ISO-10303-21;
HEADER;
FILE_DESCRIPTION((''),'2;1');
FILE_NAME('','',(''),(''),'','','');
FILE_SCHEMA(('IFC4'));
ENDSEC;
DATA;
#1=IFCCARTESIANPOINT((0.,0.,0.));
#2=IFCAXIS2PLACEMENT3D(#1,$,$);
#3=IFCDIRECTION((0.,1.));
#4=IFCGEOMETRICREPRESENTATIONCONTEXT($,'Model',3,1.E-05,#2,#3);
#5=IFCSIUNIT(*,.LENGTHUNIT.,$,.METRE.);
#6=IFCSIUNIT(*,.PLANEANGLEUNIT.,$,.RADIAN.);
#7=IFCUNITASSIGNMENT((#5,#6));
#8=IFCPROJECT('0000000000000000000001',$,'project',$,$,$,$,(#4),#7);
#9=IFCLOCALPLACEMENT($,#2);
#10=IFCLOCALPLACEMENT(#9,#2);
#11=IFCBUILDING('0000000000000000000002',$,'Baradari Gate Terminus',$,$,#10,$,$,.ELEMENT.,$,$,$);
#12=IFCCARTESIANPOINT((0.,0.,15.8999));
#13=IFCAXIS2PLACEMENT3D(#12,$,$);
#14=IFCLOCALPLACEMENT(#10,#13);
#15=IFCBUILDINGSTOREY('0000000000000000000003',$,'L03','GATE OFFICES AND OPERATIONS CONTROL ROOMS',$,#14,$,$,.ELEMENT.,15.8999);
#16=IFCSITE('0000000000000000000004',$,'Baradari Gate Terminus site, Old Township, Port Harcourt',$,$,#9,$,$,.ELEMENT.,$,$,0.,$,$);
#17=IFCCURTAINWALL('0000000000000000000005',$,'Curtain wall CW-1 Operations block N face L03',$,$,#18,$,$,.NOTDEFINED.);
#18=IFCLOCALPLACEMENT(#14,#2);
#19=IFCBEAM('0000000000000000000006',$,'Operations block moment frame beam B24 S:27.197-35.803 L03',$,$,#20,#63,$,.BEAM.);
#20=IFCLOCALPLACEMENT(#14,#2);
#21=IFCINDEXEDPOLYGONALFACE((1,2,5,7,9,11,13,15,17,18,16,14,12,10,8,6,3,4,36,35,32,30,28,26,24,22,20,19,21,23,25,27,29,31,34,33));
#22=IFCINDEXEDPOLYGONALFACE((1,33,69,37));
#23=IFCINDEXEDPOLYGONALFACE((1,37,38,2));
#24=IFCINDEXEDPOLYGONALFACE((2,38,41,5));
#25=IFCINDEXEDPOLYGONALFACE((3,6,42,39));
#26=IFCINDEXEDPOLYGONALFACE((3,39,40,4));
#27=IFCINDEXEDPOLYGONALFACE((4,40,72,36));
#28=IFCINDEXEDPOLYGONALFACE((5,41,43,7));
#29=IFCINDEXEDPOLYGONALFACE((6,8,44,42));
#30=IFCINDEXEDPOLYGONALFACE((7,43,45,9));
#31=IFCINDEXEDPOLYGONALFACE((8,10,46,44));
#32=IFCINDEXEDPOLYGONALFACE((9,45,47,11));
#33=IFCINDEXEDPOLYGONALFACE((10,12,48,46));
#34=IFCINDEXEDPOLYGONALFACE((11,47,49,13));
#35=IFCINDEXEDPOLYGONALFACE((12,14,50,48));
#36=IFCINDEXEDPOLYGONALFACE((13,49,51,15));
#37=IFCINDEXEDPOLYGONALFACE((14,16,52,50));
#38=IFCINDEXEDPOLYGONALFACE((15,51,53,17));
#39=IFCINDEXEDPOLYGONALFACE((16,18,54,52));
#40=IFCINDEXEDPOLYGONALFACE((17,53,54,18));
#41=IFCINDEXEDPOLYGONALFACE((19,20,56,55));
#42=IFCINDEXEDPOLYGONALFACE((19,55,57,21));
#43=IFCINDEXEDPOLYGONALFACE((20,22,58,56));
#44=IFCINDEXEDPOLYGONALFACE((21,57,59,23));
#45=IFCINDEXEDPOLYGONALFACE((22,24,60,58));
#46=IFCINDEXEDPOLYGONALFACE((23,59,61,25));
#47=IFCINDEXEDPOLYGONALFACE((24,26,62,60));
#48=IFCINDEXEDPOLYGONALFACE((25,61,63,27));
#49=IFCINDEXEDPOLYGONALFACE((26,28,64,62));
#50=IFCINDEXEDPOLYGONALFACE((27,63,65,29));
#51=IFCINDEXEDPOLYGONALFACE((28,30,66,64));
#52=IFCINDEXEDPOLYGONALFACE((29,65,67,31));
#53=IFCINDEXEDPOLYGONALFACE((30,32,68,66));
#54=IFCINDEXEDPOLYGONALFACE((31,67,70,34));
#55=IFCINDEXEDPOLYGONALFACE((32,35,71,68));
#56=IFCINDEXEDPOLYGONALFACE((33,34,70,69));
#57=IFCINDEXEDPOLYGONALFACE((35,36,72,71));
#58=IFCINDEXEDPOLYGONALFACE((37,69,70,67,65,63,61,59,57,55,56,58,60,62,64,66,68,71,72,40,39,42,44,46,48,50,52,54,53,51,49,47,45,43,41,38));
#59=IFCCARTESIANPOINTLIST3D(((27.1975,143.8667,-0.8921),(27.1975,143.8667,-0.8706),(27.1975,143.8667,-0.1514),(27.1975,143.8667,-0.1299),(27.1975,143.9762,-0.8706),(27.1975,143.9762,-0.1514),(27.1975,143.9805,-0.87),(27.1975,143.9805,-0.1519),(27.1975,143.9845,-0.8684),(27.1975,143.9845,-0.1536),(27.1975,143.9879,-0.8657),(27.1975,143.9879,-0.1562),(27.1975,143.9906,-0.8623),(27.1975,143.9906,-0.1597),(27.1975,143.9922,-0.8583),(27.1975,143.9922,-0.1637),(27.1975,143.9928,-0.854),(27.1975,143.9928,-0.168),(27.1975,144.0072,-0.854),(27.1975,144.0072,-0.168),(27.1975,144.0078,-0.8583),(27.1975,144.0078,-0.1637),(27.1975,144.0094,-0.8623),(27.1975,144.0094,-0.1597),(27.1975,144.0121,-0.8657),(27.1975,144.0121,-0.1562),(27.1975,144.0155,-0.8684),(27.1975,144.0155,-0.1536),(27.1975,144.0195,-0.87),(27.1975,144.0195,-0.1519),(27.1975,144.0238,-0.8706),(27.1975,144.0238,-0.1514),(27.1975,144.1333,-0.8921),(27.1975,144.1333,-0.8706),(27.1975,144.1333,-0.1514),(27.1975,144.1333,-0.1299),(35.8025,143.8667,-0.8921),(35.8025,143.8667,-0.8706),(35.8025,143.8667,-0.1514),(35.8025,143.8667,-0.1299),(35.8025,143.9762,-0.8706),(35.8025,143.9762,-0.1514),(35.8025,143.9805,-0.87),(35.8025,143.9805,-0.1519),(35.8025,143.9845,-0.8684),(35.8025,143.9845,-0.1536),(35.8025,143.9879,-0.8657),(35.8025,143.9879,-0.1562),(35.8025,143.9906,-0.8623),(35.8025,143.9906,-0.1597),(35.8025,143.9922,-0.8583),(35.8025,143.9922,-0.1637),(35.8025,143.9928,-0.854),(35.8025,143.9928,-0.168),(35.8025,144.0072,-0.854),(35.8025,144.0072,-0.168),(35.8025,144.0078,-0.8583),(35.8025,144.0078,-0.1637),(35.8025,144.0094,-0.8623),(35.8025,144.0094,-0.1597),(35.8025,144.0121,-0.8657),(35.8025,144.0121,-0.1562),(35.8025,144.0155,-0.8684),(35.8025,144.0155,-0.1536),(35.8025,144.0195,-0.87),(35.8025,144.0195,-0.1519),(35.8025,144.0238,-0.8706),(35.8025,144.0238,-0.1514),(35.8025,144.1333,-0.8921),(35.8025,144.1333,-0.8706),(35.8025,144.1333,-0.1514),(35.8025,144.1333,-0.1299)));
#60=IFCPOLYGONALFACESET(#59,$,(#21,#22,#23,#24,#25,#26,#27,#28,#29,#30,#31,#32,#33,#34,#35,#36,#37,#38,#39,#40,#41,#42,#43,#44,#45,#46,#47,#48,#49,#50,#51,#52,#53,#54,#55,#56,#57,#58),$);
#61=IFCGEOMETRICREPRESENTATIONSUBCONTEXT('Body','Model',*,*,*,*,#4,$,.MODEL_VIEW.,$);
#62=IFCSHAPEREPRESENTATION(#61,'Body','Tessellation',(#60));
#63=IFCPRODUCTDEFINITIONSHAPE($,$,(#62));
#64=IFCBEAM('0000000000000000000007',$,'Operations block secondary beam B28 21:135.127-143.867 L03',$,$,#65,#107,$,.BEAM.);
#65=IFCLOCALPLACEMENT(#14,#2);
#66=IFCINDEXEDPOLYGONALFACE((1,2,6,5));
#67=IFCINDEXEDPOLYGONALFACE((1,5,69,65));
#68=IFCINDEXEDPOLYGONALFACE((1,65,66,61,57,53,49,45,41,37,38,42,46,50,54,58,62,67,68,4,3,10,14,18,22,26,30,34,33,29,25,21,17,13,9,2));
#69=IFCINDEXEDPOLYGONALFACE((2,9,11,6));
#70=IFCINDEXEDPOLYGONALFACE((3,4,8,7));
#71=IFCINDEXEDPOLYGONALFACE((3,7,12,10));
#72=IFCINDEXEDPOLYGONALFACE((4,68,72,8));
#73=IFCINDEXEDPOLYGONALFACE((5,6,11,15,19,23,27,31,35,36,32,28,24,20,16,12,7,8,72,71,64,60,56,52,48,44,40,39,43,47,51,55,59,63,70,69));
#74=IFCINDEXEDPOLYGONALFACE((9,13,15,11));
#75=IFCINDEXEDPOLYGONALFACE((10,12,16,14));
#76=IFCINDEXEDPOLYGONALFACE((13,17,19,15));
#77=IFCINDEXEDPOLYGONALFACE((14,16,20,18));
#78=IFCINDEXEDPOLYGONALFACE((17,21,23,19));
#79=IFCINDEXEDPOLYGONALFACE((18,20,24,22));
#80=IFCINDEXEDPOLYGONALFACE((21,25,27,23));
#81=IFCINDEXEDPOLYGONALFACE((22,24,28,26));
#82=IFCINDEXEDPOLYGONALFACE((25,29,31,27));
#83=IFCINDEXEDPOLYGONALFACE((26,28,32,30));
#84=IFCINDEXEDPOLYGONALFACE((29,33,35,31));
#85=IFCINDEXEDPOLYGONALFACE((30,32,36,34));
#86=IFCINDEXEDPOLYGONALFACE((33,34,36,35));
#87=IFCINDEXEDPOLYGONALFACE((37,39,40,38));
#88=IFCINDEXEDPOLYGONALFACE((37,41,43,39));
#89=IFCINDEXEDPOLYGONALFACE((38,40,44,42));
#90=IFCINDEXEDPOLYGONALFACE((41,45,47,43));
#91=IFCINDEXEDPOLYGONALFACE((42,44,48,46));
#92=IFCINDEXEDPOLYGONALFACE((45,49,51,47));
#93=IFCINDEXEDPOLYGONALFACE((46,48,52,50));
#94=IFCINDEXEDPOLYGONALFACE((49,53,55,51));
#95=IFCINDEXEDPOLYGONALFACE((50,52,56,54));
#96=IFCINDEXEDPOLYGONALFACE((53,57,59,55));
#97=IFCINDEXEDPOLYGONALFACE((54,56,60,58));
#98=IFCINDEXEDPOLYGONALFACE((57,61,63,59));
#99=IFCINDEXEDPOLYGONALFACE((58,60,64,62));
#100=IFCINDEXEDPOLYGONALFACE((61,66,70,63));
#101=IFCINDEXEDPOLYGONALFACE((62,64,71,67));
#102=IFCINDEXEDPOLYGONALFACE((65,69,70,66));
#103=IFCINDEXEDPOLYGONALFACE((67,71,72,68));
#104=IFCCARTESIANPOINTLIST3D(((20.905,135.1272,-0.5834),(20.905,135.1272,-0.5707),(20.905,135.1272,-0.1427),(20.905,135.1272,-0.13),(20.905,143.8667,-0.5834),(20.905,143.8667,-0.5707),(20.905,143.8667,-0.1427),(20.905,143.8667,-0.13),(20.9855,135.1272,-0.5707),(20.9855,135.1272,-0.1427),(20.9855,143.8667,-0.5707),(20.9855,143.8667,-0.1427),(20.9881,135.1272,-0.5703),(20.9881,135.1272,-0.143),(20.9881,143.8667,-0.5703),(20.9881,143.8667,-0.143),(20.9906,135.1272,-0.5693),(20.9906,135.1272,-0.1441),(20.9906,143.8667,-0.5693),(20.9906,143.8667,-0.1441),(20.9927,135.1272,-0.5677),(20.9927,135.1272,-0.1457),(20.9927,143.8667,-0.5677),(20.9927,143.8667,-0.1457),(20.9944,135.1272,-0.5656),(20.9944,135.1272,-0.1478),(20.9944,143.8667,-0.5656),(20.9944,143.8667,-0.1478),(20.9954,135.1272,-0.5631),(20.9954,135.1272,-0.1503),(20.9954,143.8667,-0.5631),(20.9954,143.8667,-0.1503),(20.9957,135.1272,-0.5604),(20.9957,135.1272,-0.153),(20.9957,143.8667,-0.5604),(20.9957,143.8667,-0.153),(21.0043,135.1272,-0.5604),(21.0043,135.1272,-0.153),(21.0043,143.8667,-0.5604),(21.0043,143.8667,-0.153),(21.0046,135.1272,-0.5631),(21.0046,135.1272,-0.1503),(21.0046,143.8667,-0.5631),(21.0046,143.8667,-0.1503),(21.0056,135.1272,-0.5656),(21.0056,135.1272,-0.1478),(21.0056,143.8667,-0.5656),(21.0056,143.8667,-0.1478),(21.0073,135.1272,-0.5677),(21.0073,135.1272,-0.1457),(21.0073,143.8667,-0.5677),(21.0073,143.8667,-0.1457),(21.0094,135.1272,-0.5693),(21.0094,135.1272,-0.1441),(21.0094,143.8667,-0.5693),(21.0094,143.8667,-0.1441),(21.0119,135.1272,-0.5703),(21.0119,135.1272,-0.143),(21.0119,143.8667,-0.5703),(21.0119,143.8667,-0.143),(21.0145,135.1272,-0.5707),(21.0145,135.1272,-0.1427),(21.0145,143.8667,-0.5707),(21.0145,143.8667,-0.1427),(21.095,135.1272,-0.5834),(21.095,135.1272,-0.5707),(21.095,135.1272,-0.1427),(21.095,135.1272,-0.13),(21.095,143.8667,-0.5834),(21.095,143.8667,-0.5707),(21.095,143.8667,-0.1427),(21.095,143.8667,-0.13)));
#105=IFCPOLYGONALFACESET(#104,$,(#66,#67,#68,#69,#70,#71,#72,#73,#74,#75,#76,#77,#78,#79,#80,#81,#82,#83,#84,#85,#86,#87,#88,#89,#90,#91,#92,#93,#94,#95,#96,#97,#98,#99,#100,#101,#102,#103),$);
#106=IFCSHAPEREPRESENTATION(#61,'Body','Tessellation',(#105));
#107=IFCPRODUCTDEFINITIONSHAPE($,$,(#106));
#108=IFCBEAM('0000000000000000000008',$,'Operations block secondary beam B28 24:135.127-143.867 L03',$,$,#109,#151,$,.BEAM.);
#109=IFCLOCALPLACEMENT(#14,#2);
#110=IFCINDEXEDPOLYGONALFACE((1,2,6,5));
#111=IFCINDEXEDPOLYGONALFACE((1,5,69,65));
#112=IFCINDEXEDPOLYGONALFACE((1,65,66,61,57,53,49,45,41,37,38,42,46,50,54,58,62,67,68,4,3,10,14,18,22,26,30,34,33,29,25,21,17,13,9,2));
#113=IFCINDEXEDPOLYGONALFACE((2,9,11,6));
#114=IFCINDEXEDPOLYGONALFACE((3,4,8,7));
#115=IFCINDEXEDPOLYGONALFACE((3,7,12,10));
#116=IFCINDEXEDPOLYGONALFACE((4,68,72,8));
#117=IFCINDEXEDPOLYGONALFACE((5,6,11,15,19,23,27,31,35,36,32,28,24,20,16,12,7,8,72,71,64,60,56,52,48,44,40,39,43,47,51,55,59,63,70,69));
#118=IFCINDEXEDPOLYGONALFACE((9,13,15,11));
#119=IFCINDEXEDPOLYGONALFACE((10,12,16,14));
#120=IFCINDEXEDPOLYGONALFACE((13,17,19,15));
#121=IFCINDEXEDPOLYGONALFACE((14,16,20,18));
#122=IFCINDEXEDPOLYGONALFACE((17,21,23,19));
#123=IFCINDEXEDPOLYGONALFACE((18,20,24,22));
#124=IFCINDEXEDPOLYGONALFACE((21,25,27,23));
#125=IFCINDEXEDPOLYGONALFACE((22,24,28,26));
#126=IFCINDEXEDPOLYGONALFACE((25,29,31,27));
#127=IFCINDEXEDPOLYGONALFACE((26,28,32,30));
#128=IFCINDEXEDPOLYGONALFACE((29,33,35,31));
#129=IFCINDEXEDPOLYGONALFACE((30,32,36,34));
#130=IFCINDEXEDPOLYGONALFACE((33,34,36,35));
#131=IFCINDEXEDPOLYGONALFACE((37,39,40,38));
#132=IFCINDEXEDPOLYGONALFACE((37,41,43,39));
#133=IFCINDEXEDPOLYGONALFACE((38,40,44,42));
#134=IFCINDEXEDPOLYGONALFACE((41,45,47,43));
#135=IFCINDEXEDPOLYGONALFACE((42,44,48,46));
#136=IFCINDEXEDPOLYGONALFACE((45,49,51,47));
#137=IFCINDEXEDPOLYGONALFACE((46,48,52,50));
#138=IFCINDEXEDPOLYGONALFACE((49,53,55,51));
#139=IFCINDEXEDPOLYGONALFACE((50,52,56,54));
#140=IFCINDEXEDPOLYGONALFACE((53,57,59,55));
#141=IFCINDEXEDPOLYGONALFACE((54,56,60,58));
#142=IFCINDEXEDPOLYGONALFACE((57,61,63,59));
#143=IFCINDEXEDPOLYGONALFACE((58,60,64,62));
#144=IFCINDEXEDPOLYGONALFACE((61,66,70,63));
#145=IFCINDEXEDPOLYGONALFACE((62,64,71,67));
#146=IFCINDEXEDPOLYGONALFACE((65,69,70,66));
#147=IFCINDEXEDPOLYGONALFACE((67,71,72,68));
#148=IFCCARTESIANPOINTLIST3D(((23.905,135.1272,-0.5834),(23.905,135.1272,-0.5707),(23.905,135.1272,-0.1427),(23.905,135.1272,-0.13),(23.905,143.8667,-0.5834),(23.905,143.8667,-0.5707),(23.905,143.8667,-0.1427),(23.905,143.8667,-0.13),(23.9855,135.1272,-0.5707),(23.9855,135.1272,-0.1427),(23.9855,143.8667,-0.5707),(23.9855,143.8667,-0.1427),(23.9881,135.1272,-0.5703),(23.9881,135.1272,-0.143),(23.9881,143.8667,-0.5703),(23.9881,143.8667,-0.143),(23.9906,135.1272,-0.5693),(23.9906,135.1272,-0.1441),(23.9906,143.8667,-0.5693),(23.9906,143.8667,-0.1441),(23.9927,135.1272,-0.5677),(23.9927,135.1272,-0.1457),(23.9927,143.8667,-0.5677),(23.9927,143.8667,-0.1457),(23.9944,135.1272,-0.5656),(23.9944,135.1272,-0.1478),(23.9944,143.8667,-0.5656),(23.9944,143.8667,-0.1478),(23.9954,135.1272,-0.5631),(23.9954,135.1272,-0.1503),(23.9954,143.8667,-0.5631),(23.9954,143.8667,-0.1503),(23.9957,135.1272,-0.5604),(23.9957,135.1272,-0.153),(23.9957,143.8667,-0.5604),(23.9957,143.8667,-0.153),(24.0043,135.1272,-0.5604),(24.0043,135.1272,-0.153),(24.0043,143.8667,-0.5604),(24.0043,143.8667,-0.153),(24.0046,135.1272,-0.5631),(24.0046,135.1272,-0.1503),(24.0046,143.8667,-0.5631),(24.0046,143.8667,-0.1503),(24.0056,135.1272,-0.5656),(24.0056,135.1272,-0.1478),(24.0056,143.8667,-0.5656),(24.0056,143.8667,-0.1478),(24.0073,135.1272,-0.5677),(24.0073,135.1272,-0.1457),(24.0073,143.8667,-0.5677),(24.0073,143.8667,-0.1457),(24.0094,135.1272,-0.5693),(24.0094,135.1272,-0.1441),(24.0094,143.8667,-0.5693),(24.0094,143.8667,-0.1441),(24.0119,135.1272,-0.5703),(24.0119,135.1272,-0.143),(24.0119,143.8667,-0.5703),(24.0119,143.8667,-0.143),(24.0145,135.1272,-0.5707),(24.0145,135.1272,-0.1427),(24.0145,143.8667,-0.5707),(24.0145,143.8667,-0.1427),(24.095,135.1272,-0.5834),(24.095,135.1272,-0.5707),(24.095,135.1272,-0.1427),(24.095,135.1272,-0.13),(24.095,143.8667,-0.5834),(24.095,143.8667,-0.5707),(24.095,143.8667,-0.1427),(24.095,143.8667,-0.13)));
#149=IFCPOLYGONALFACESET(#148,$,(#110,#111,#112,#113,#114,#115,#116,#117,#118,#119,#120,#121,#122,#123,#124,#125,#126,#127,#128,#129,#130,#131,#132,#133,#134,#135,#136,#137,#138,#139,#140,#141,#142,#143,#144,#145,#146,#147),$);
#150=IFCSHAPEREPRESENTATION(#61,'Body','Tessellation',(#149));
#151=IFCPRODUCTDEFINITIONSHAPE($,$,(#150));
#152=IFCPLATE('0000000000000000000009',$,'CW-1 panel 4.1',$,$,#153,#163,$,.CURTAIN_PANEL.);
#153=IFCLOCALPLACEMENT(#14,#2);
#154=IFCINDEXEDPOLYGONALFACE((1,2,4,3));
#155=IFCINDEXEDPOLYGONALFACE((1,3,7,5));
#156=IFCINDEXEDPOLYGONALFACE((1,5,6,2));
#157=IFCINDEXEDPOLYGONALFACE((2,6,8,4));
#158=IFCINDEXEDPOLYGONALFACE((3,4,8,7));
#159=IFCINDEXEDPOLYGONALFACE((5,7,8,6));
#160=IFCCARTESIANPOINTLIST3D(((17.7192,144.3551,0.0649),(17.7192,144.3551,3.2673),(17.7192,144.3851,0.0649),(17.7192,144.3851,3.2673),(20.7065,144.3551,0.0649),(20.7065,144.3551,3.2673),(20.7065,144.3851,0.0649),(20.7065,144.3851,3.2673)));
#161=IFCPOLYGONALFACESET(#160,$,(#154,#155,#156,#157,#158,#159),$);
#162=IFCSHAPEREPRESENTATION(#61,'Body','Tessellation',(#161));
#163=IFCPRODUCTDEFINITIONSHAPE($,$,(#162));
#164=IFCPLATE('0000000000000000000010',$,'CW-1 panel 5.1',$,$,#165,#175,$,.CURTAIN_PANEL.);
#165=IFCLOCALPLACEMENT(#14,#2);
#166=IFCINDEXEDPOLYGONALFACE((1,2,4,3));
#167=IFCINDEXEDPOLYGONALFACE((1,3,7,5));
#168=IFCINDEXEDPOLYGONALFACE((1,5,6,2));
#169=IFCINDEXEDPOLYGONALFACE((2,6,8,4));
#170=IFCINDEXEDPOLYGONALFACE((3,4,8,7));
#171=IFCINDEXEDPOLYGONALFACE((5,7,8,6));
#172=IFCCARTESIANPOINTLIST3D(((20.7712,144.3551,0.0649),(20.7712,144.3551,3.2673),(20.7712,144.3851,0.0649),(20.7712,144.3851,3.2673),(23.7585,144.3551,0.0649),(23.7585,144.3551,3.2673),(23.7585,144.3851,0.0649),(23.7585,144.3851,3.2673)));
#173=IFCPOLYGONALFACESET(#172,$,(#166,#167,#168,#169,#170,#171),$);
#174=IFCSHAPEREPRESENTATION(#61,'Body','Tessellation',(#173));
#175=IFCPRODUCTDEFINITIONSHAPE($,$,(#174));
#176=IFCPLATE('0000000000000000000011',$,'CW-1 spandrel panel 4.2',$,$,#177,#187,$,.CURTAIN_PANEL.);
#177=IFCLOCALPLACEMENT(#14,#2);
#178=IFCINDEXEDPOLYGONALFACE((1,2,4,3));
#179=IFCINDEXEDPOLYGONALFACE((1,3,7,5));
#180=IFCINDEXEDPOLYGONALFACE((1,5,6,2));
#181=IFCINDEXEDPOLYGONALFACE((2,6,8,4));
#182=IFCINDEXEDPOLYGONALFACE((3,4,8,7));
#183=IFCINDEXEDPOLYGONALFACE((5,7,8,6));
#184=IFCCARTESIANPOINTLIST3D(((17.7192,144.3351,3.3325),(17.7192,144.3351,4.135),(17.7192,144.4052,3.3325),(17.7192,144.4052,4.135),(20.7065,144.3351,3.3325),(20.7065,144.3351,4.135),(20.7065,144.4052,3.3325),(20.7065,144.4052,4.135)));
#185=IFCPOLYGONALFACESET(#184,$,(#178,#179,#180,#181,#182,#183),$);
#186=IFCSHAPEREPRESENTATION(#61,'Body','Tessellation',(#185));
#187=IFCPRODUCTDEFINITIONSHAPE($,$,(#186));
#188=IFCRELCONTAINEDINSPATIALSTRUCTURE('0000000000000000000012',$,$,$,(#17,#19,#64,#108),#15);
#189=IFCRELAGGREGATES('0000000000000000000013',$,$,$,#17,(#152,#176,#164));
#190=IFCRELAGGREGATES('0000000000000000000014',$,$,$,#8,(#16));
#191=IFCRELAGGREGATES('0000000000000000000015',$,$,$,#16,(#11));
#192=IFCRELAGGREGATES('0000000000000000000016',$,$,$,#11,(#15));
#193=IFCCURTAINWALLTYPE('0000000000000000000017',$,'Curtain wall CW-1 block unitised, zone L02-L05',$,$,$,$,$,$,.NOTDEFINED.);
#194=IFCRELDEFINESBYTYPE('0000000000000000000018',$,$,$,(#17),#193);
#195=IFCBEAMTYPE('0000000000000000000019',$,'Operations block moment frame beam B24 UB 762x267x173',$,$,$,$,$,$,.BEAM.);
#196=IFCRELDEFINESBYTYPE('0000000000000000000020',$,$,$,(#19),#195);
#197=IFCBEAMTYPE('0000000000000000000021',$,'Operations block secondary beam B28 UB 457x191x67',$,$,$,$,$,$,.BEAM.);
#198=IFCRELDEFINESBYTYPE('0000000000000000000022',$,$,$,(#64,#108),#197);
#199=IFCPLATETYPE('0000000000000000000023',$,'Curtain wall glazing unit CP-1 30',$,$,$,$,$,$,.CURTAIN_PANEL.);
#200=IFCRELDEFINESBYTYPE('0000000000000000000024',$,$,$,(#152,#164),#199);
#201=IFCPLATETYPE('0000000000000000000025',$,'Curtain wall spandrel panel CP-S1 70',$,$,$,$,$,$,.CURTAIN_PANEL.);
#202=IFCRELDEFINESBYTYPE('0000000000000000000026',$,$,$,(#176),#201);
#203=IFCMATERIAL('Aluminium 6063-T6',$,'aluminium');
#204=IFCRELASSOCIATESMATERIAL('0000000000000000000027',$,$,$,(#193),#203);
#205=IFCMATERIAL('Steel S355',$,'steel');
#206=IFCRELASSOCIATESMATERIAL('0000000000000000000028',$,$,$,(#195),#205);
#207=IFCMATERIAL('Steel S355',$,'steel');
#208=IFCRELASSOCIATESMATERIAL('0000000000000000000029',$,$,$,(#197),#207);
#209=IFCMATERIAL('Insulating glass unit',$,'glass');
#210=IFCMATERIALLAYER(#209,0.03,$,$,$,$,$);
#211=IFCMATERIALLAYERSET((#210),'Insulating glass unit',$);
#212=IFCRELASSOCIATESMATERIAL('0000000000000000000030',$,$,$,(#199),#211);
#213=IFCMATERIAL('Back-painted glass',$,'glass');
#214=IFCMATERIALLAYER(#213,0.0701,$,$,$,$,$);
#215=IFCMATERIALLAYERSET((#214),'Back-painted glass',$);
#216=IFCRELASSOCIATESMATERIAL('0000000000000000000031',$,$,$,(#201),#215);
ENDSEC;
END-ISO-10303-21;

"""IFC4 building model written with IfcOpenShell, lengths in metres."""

from ifc_helpers import new_model, si_unit, direction, frame, origin, origin_2d, place, context, subcontext, project, spatial, rectangle, i_section, extrude, material, layer, layer_set, material_profile, profile_set, type_object, element, aggregate, save


model = new_model("IFC4")

# Units and contexts
model_context = context("Model", 3, precision=1e-05, world=origin(), true_north=direction((0.0, 1.0)))
body_context = subcontext(model_context, "Body", "Model", "MODEL_VIEW")
ifc_project = project(units=[si_unit("LENGTHUNIT", "METRE"), si_unit("PLANEANGLEUNIT", "RADIAN")], contexts=[model_context])

# Site, building, storey
site_placement = place(None, origin())
site = spatial("IfcSite", under=ifc_project, at=site_placement, Name="Baradari Gate Terminus site, Old Township, Port Harcourt", CompositionType="ELEMENT", RefElevation=0.0)
building_placement = place(site_placement, origin())
building = spatial("IfcBuilding", under=site, at=building_placement, Name="Baradari Gate Terminus", CompositionType="ELEMENT")
storey_placement = place(building_placement, frame((0.0, 0.0, 15.8999)))
storey = spatial("IfcBuildingStorey", under=building, at=storey_placement, Name="L03", Description="GATE OFFICES AND OPERATIONS CONTROL ROOMS", CompositionType="ELEMENT", Elevation=15.8999)

# Curtain wall
ifc_material_1 = material(Name="Aluminium 6063-T6", Category="aluminium")
curtain_wall_type = type_object("IfcCurtainWallType", Name="Curtain wall CW-1 block unitised, zone L02-L05", PredefinedType="NOTDEFINED", material=ifc_material_1)
curtain_wall_placement = place(storey_placement, origin())
curtain_wall = element("IfcCurtainWall", 1, at=curtain_wall_placement, inside=storey, type_object=curtain_wall_type, Name="Curtain wall CW-1 Operations block N face L03", PredefinedType="NOTDEFINED")

# Beams
ifc_material_2 = material(Name="Steel S355", Category="steel")
ifc_material_profile_1 = material_profile(ifc_material_2, i_section(OverallWidth=0.2666, OverallDepth=0.7622, WebThickness=0.0144, FlangeThickness=0.0215, FilletRadius=0.0166, at=origin_2d()), Name="UB 762x267x173")
ifc_profile_set_1 = profile_set([ifc_material_profile_1], Name="Steel S355")
beam_type_1 = type_object("IfcBeamType", Name="Operations block moment frame beam B24 UB 762x267x173", PredefinedType="BEAM", material=ifc_profile_set_1)
beam_1_placement = place(storey_placement, frame((27.1975, 144.0, -0.511), z_axis=(1.0, 0.0, 0.0), x_axis=(0.0, 1.0, 0.0)))
element("IfcBeam", 2, at=beam_1_placement, inside=storey, type_object=beam_type_1, Name="Operations block moment frame beam B24 S:27.197-35.803 L03", PredefinedType="BEAM", context=body_context, shape_type="SweptSolid", body=[
    extrude(i_section(OverallWidth=0.2666, OverallDepth=0.7622, WebThickness=0.0144, FlangeThickness=0.0215, FilletRadius=0.0166, at=origin_2d()), origin(), (0.0, 0.0, 1.0), 8.605),
])
ifc_material_3 = material(Name="Steel S355", Category="steel")
ifc_material_profile_2 = material_profile(ifc_material_3, i_section(OverallWidth=0.1899, OverallDepth=0.4534, WebThickness=0.0085, FlangeThickness=0.0127, FilletRadius=0.0103, at=origin_2d()), Name="UB 457x191x67")
ifc_profile_set_2 = profile_set([ifc_material_profile_2], Name="Steel S355")
beam_type_2 = type_object("IfcBeamType", Name="Operations block secondary beam B28 UB 457x191x67", PredefinedType="BEAM", material=ifc_profile_set_2)
for number, where, z_axis, x_axis, name in (
    (3, (21.0, 135.1272, -0.3567), (0.0, 1.0, 0.0), (-1.0, 0.0, 0.0), "Operations block secondary beam B28 21:135.127-143.867 L03"),
    (4, (24.0, 135.1272, -0.3567), (0.0, 1.0, 0.0), (-1.0, 0.0, 0.0), "Operations block secondary beam B28 24:135.127-143.867 L03"),
):
    element("IfcBeam", number, at=place(storey_placement, frame(where, z_axis=z_axis, x_axis=x_axis)), inside=storey, type_object=beam_type_2, Name=name, PredefinedType="BEAM", context=body_context, shape_type="SweptSolid", body=[
        extrude(i_section(OverallWidth=0.1899, OverallDepth=0.4534, WebThickness=0.0085, FlangeThickness=0.0127, FilletRadius=0.0103, at=origin_2d()), origin(), (0.0, 0.0, 1.0), 8.7395),
    ])

# Plates
ifc_material_4 = material(Name="Insulating glass unit", Category="glass")
ifc_layer_1 = layer(ifc_material_4, 0.03)
ifc_layer_set_1 = layer_set([ifc_layer_1], Name="Insulating glass unit")
plate_type_1 = type_object("IfcPlateType", Name="Curtain wall glazing unit CP-1 30", PredefinedType="CURTAIN_PANEL", material=ifc_layer_set_1)
plate_1_placement = place(storey_placement, frame((19.2129, 144.3701, 0.0649), z_axis=(0.0, 0.0, 1.0), x_axis=(1.0, 0.0, 0.0)))
plate_1 = element("IfcPlate", 5, at=plate_1_placement, type_object=plate_type_1, Name="CW-1 panel 4.1", PredefinedType="CURTAIN_PANEL", context=body_context, shape_type="SweptSolid", body=[
    extrude(rectangle(XDim=2.9873, YDim=0.03, at=origin_2d()), origin(), (0.0, 0.0, 1.0), 3.2024),
])
plate_2_placement = place(storey_placement, frame((22.2649, 144.3701, 0.0649), z_axis=(0.0, 0.0, 1.0), x_axis=(1.0, 0.0, 0.0)))
plate_2 = element("IfcPlate", 6, at=plate_2_placement, type_object=plate_type_1, Name="CW-1 panel 5.1", PredefinedType="CURTAIN_PANEL", context=body_context, shape_type="SweptSolid", body=[
    extrude(rectangle(XDim=2.9873, YDim=0.03, at=origin_2d()), origin(), (0.0, 0.0, 1.0), 3.2024),
])
ifc_material_5 = material(Name="Back-painted glass", Category="glass")
ifc_layer_2 = layer(ifc_material_5, 0.0701)
ifc_layer_set_2 = layer_set([ifc_layer_2], Name="Back-painted glass")
plate_type_2 = type_object("IfcPlateType", Name="Curtain wall spandrel panel CP-S1 70", PredefinedType="CURTAIN_PANEL", material=ifc_layer_set_2)
plate_3_placement = place(storey_placement, frame((19.2129, 144.3701, 3.3325), z_axis=(0.0, 0.0, 1.0), x_axis=(1.0, 0.0, 0.0)))
plate_3 = element("IfcPlate", 7, at=plate_3_placement, type_object=plate_type_2, Name="CW-1 spandrel panel 4.2", PredefinedType="CURTAIN_PANEL", context=body_context, shape_type="SweptSolid", body=[
    extrude(rectangle(XDim=2.9873, YDim=0.0701, at=origin_2d()), origin(), (0.0, 0.0, 1.0), 0.8025),
])
aggregate(curtain_wall, [plate_1, plate_3, plate_2])

save(model, "model.ifc")
